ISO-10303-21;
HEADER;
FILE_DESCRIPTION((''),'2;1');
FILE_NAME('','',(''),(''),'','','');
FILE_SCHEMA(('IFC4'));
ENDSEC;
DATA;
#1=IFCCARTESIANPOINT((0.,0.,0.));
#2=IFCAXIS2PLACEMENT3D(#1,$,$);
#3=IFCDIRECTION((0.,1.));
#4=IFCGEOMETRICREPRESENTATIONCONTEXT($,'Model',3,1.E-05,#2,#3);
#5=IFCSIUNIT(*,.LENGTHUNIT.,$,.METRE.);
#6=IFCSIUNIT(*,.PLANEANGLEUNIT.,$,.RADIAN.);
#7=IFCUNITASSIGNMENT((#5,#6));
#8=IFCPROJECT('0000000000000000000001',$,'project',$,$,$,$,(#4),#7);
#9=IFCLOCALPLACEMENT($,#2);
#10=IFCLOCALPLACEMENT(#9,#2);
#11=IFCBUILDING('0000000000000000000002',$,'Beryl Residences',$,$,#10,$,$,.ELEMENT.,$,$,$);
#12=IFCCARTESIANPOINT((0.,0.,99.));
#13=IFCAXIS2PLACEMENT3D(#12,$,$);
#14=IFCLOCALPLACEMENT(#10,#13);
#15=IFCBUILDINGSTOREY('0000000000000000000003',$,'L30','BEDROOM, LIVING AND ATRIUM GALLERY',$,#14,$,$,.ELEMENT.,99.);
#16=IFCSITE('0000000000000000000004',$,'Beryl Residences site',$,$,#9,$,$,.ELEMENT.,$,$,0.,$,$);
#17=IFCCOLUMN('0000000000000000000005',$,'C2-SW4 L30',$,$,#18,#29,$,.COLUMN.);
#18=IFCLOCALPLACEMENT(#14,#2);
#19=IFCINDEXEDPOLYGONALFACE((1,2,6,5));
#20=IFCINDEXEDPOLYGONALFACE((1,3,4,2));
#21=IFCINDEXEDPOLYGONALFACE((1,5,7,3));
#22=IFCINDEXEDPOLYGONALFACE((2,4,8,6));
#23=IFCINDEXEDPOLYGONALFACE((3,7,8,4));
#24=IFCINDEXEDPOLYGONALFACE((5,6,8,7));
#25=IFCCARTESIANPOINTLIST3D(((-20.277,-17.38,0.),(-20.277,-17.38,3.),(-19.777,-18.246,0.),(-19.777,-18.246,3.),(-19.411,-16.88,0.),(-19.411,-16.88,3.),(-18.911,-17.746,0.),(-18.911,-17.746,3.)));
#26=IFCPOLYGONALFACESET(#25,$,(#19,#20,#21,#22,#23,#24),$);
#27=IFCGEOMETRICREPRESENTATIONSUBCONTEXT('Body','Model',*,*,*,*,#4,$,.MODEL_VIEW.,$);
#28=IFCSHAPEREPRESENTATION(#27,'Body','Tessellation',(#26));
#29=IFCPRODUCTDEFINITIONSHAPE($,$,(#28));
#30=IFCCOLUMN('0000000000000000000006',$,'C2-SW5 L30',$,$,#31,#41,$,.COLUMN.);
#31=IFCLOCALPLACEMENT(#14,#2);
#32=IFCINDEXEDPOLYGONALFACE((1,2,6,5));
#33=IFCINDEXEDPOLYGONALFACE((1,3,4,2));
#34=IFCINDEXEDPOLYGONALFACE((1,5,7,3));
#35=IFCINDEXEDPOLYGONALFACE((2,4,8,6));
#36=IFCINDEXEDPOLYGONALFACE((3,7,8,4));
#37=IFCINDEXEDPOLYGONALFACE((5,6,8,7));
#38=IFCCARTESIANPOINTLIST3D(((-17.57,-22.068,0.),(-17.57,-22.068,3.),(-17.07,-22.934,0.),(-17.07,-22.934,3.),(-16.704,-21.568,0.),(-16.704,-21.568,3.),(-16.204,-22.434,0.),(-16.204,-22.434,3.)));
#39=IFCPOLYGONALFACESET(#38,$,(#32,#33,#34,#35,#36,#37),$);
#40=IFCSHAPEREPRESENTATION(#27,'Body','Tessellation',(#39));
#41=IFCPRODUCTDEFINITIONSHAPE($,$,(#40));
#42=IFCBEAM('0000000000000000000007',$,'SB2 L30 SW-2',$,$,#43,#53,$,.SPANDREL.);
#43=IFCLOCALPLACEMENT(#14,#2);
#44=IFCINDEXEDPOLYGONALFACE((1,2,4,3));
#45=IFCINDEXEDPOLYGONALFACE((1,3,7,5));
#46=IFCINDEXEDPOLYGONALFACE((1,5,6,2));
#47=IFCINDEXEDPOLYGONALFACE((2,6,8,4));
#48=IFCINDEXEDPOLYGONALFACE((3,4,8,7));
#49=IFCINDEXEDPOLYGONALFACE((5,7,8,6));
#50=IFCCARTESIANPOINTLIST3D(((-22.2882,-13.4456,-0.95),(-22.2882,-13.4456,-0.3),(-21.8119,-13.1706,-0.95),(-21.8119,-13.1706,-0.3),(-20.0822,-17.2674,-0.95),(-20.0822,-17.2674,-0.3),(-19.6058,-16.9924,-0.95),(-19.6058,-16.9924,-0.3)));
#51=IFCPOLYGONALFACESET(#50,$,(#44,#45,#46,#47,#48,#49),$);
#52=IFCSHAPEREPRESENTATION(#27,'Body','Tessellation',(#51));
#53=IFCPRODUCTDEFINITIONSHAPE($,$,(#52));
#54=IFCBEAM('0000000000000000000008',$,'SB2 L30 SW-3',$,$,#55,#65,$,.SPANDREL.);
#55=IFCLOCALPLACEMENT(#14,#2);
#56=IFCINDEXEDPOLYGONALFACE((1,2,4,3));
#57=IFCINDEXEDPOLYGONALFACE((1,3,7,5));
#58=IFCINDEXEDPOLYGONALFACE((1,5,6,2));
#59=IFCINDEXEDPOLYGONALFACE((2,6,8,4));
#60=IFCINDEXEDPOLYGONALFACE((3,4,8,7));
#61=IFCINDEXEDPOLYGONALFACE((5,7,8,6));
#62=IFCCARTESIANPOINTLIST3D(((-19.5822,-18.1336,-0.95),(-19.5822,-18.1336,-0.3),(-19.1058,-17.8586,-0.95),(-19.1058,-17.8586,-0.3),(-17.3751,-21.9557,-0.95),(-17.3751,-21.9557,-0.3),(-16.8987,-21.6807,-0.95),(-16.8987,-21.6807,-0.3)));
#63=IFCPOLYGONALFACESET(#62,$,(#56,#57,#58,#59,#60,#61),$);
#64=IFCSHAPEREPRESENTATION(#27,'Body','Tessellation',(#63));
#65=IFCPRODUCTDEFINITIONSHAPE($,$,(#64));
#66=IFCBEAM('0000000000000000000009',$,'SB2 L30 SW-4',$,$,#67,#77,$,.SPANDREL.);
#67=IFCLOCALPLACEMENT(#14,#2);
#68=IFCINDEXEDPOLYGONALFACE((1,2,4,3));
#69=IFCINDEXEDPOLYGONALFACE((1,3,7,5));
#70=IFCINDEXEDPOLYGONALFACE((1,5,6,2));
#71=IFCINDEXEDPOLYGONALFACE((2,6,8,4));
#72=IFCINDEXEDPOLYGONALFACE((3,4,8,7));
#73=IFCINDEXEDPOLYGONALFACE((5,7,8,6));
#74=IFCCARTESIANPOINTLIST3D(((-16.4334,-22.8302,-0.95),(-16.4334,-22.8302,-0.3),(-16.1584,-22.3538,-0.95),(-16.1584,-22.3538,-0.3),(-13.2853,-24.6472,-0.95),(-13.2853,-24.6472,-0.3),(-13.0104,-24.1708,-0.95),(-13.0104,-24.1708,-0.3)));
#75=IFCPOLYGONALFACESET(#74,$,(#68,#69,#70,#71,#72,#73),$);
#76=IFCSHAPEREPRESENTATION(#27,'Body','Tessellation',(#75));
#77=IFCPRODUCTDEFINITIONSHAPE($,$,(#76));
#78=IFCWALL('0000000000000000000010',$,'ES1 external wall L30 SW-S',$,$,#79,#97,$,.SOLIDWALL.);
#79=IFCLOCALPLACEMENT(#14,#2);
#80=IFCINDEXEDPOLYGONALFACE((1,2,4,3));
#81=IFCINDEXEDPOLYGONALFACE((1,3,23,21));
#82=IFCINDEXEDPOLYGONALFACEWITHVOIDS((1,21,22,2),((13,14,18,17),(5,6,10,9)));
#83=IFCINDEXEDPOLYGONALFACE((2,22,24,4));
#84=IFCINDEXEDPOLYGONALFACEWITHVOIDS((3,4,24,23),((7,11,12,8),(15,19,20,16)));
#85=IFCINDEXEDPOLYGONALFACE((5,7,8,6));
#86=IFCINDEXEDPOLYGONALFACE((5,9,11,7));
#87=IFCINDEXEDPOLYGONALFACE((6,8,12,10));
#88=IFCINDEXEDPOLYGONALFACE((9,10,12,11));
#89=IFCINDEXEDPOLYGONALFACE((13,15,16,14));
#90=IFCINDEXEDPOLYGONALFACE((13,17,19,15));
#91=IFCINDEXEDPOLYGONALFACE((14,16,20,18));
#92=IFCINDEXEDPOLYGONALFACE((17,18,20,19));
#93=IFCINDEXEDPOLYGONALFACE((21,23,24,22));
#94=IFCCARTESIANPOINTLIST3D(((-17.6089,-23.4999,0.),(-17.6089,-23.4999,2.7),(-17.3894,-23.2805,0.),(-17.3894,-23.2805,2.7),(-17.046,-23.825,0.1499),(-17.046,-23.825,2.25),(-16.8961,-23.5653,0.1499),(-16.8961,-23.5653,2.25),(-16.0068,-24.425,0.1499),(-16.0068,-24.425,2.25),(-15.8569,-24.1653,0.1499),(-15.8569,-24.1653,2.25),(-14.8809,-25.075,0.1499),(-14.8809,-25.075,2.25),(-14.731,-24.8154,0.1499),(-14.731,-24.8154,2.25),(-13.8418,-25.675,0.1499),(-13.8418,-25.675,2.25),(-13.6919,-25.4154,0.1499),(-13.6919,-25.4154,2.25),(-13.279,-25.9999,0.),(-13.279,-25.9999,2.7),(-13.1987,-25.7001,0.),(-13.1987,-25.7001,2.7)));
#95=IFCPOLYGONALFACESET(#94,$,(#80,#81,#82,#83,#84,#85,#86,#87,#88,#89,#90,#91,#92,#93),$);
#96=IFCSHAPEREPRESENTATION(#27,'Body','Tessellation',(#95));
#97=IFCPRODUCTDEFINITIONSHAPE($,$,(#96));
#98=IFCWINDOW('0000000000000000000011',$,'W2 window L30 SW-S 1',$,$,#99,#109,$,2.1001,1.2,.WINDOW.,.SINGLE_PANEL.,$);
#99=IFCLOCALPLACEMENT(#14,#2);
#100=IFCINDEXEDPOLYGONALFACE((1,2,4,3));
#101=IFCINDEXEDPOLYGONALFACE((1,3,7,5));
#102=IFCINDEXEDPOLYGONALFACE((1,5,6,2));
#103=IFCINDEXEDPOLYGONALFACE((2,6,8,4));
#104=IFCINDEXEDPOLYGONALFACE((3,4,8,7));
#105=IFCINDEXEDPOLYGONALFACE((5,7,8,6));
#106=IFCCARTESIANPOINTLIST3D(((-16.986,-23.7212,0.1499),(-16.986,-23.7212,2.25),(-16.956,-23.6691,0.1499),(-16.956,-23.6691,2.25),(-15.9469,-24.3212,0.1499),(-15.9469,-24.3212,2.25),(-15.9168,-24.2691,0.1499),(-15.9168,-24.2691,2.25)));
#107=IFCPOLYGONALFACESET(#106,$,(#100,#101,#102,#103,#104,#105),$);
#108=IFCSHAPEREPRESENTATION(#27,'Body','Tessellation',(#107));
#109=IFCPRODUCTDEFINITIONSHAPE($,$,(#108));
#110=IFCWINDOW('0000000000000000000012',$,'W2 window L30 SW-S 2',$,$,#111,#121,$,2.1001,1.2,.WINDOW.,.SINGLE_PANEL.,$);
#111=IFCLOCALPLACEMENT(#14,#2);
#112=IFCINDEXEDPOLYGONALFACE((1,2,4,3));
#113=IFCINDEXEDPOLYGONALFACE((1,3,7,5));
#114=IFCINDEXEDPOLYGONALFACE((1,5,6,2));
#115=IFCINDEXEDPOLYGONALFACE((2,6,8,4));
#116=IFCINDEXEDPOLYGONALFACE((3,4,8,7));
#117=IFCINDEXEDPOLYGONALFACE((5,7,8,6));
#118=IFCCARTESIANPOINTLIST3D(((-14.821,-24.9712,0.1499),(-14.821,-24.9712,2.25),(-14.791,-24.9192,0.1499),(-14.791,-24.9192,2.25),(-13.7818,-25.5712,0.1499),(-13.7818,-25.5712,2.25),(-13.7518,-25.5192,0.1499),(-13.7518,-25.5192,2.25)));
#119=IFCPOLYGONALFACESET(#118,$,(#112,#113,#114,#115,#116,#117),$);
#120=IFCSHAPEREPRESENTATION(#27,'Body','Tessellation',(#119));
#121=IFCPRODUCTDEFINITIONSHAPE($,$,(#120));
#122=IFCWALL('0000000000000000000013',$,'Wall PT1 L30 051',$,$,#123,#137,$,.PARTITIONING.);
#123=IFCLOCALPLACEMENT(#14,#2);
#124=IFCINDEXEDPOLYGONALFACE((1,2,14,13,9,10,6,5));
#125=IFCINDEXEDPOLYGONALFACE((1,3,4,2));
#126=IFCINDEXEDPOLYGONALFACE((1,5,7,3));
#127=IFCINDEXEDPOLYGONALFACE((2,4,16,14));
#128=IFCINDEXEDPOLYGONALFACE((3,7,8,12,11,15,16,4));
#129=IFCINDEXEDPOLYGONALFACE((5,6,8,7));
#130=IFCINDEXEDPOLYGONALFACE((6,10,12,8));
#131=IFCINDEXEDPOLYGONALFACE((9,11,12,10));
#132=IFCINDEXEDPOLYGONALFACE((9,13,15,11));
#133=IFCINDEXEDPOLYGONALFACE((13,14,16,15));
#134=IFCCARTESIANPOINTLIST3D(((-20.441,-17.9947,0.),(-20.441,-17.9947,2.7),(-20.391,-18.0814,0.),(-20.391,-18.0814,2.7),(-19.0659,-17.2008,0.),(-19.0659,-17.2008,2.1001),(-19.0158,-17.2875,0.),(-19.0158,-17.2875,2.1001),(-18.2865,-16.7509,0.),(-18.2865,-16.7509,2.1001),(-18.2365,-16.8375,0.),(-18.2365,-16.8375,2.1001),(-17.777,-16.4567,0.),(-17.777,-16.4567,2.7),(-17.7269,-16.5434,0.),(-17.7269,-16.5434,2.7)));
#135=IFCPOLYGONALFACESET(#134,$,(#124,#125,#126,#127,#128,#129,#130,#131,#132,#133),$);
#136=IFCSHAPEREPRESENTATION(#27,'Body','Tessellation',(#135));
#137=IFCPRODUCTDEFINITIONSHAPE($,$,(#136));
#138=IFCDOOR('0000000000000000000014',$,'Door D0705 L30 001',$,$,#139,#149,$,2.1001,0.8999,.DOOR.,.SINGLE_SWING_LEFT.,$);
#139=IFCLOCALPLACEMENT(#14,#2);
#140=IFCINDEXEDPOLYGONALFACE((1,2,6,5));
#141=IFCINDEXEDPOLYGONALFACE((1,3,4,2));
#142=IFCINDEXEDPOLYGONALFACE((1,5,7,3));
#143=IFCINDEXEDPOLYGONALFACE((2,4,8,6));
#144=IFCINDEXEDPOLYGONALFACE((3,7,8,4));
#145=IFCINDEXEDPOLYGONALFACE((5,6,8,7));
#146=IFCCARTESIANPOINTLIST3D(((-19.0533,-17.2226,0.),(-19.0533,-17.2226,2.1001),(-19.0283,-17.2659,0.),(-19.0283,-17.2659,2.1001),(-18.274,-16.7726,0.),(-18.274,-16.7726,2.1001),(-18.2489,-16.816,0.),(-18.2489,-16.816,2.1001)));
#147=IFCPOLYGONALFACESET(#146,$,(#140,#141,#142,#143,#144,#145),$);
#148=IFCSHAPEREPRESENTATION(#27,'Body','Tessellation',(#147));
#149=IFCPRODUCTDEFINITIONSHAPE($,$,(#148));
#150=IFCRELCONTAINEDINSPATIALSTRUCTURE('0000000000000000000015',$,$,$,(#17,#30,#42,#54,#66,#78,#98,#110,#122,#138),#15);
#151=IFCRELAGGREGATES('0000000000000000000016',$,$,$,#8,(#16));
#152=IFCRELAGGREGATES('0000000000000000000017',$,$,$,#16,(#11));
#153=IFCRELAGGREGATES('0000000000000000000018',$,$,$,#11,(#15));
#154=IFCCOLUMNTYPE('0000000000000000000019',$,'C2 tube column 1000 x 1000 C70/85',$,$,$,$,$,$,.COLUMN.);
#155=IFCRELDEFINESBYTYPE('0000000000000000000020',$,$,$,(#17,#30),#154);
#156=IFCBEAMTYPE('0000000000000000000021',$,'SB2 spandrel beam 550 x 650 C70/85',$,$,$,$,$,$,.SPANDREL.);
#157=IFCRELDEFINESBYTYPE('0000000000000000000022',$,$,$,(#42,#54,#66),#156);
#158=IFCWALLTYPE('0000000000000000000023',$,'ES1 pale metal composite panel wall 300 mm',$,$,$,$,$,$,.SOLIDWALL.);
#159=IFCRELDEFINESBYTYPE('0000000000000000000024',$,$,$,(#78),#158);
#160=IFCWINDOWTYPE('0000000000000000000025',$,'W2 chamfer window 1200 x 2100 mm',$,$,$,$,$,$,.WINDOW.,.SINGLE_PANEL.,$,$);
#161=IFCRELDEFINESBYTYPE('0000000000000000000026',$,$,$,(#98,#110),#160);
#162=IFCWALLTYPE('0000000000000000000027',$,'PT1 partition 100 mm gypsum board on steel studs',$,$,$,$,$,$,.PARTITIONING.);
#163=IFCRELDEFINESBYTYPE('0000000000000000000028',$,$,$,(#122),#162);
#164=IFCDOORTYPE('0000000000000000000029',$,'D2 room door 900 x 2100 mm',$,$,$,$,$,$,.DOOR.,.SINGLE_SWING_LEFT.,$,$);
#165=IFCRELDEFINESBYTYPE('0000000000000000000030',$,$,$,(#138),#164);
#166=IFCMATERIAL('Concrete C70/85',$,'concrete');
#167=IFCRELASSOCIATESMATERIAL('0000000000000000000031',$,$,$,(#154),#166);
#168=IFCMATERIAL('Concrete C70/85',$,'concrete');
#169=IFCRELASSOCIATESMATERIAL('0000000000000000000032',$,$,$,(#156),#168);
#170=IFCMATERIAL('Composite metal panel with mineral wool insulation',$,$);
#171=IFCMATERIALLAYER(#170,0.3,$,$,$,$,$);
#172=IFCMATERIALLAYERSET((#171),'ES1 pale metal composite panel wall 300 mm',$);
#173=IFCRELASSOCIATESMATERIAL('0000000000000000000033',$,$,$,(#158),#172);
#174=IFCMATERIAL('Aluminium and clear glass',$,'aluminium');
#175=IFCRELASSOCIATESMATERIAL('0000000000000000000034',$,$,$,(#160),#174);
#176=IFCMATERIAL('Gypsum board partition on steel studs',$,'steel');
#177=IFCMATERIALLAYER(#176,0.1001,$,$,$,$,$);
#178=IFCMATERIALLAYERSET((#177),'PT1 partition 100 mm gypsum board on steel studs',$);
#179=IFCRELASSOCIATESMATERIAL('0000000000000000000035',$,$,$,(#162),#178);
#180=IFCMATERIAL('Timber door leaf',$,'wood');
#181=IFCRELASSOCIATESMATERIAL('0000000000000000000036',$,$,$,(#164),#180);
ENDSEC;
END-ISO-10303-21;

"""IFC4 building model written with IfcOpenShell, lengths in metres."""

from ifc_helpers import new_model, si_unit, direction, frame, frame_2d, origin, origin_2d, place, context, subcontext, project, spatial, polyline, rectangle, outline, extrude, material, layer, layer_set, material_profile, profile_set, type_object, element, fill, save


model = new_model("IFC4")

# Units and contexts
model_context = context("Model", 3, precision=1e-05, world=origin(), true_north=direction((0.0, 1.0)))
body_context = subcontext(model_context, "Body", "Model", "MODEL_VIEW")
ifc_project = project(units=[si_unit("LENGTHUNIT", "METRE"), si_unit("PLANEANGLEUNIT", "RADIAN")], contexts=[model_context])

# Site, building, storey
site_placement = place(None, origin())
site = spatial("IfcSite", under=ifc_project, at=site_placement, Name="Beryl Residences site", CompositionType="ELEMENT", RefElevation=0.0)
building_placement = place(site_placement, origin())
building = spatial("IfcBuilding", under=site, at=building_placement, Name="Beryl Residences", CompositionType="ELEMENT")
storey_placement = place(building_placement, frame((0.0, 0.0, 99.0)))
storey = spatial("IfcBuildingStorey", under=building, at=storey_placement, Name="L30", Description="BEDROOM, LIVING AND ATRIUM GALLERY", CompositionType="ELEMENT", Elevation=99.0)

# Columns
ifc_material_1 = material(Name="Concrete C70/85", Category="concrete")
ifc_material_profile_1 = material_profile(ifc_material_1, rectangle(XDim=1.0, YDim=1.0, at=origin_2d()))
ifc_profile_set_1 = profile_set([ifc_material_profile_1], Name="Concrete C70/85")
column_type = type_object("IfcColumnType", Name="C2 tube column 1000 x 1000 C70/85", PredefinedType="COLUMN", material=ifc_profile_set_1)
for number, where, z_axis, x_axis, name in (
    (1, (-19.594, -17.563, 0.0), (0.0, 0.0, 1.0), (0.5, -0.866025, 0.0), "C2-SW4 L30"),
    (2, (-16.887, -22.251, 0.0), (0.0, 0.0, 1.0), (0.5, -0.866025, 0.0), "C2-SW5 L30"),
):
    element("IfcColumn", number, at=place(storey_placement, frame(where, z_axis=z_axis, x_axis=x_axis)), inside=storey, type_object=column_type, Name=name, PredefinedType="COLUMN", context=body_context, shape_type="SweptSolid", body=[
        extrude(rectangle(XDim=1.0, YDim=1.0, at=origin_2d()), origin(), (0.0, 0.0, 1.0), 3.0),
    ])

# Beams
ifc_material_2 = material(Name="Concrete C70/85", Category="concrete")
ifc_material_profile_2 = material_profile(ifc_material_2, rectangle(XDim=0.55, YDim=0.6499, at=origin_2d()))
ifc_profile_set_2 = profile_set([ifc_material_profile_2], Name="Concrete C70/85")
beam_type = type_object("IfcBeamType", Name="SB2 spandrel beam 550 x 650 C70/85", PredefinedType="SPANDREL", material=ifc_profile_set_2)
beam_1_placement = place(storey_placement, frame((-22.05, -13.3081, -0.625), z_axis=(0.499924, -0.86607, 0.0), x_axis=(0.86607, 0.499924, 0.0)))
element("IfcBeam", 3, at=beam_1_placement, inside=storey, type_object=beam_type, Name="SB2 L30 SW-2", PredefinedType="SPANDREL", context=body_context, shape_type="SweptSolid", body=[
    extrude(rectangle(XDim=0.55, YDim=0.6499, at=origin_2d()), origin(), (0.0, 0.0, 1.0), 4.4128),
])
beam_2_placement = place(storey_placement, frame((-19.344, -17.9961, -0.625), z_axis=(0.500066, -0.865988, 0.0), x_axis=(0.865988, 0.500066, 0.0)))
element("IfcBeam", 4, at=beam_2_placement, inside=storey, type_object=beam_type, Name="SB2 L30 SW-3", PredefinedType="SPANDREL", context=body_context, shape_type="SweptSolid", body=[
    extrude(rectangle(XDim=0.55, YDim=0.6499, at=origin_2d()), origin(), (0.0, 0.0, 1.0), 4.4136),
])
beam_3_placement = place(storey_placement, frame((-16.2959, -22.592, -0.625), z_axis=(0.866094, -0.499881, 0.0), x_axis=(0.499881, 0.866094, 0.0)))
element("IfcBeam", 5, at=beam_3_placement, inside=storey, type_object=beam_type, Name="SB2 L30 SW-4", PredefinedType="SPANDREL", context=body_context, shape_type="SweptSolid", body=[
    extrude(rectangle(XDim=0.55, YDim=0.6499, at=origin_2d()), origin(), (0.0, 0.0, 1.0), 3.6348),
])

# Wall, openings, windows
ifc_material_3 = material(Name="Composite metal panel with mineral wool insulation")
ifc_layer_1 = layer(ifc_material_3, 0.3)
ifc_layer_set_1 = layer_set([ifc_layer_1], Name="ES1 pale metal composite panel wall 300 mm")
wall_type_1 = type_object("IfcWallType", Name="ES1 pale metal composite panel wall 300 mm", PredefinedType="SOLIDWALL", material=ifc_layer_set_1)
wall_1_placement = place(storey_placement, frame((-17.5339, -23.3701, 0.0), z_axis=(0.0, 0.0, 1.0), x_axis=(0.866011, -0.500025, 0.0)))
wall_1 = element("IfcWall", 6, at=wall_1_placement, inside=storey, type_object=wall_type_1, Name="ES1 external wall L30 SW-S", PredefinedType="SOLIDWALL", context=body_context, shape_type="SweptSolid", body=[
    extrude(outline(polyline([(0.0, -0.1499), (4.9998, -0.1499), (4.9194, 0.1499), (0.0803, 0.1499), (0.0, -0.1499)])), origin(), (0.0, 0.0, 1.0), 2.7),
])
opening_1_placement = place(wall_1_placement, frame((0.6499, 0.0, 0.1499)))
opening_1 = element("IfcOpeningElement", 7, at=opening_1_placement, cuts=wall_1, PredefinedType="OPENING", context=body_context, shape_type="SweptSolid", body=[
    extrude(rectangle(XDim=1.2, YDim=2.1001, at=frame_2d((0.6001, 1.05))), frame((0.0, 0.1599, 0.0), z_axis=(0.0, -1.0, 0.0), x_axis=(1.0, 0.0, 0.0)), (0.0, 0.0, 1.0), 0.3201),
])
opening_2_placement = place(wall_1_placement, frame((3.1499, 0.0, 0.1499)))
opening_2 = element("IfcOpeningElement", 8, at=opening_2_placement, cuts=wall_1, PredefinedType="OPENING", context=body_context, shape_type="SweptSolid", body=[
    extrude(rectangle(XDim=1.2, YDim=2.1001, at=frame_2d((0.6001, 1.05))), frame((0.0, 0.1599, 0.0), z_axis=(0.0, -1.0, 0.0), x_axis=(1.0, 0.0, 0.0)), (0.0, 0.0, 1.0), 0.3201),
])
ifc_material_4 = material(Name="Aluminium and clear glass", Category="aluminium")
window_type = type_object("IfcWindowType", Name="W2 chamfer window 1200 x 2100 mm", PartitioningType="SINGLE_PANEL", PredefinedType="WINDOW", material=ifc_material_4)
window_1_placement = place(opening_1_placement, origin())
window_1 = element("IfcWindow", 9, at=window_1_placement, inside=storey, type_object=window_type, Name="W2 window L30 SW-S 1", OverallHeight=2.1001, OverallWidth=1.2, PartitioningType="SINGLE_PANEL", PredefinedType="WINDOW", context=body_context, shape_type="SweptSolid", body=[
    extrude(rectangle(XDim=1.2, YDim=2.1001, at=frame_2d((0.6001, 1.05))), frame((0.0, 0.03, 0.0), z_axis=(0.0, -1.0, 0.0), x_axis=(1.0, 0.0, 0.0)), (0.0, 0.0, 1.0), 0.0601),
])
fill(opening_1, window_1)
window_2_placement = place(opening_2_placement, origin())
window_2 = element("IfcWindow", 10, at=window_2_placement, inside=storey, type_object=window_type, Name="W2 window L30 SW-S 2", OverallHeight=2.1001, OverallWidth=1.2, PartitioningType="SINGLE_PANEL", PredefinedType="WINDOW", context=body_context, shape_type="SweptSolid", body=[
    extrude(rectangle(XDim=1.2, YDim=2.1001, at=frame_2d((0.6001, 1.05))), frame((0.0, 0.03, 0.0), z_axis=(0.0, -1.0, 0.0), x_axis=(1.0, 0.0, 0.0)), (0.0, 0.0, 1.0), 0.0601),
])
fill(opening_2, window_2)

# Wall, opening, door
ifc_material_5 = material(Name="Gypsum board partition on steel studs", Category="steel")
ifc_layer_2 = layer(ifc_material_5, 0.1001)
ifc_layer_set_2 = layer_set([ifc_layer_2], Name="PT1 partition 100 mm gypsum board on steel studs")
wall_type_2 = type_object("IfcWallType", Name="PT1 partition 100 mm gypsum board on steel studs", PredefinedType="PARTITIONING", material=ifc_layer_set_2)
wall_2_placement = place(storey_placement, frame((-20.416, -18.0381, 0.0), z_axis=(0.0, 0.0, 1.0), x_axis=(0.866027, 0.499997, 0.0)))
wall_2 = element("IfcWall", 11, at=wall_2_placement, inside=storey, type_object=wall_type_2, Name="Wall PT1 L30 051", PredefinedType="PARTITIONING", context=body_context, shape_type="SweptSolid", body=[
    extrude(rectangle(XDim=3.0762, YDim=0.1001, at=frame_2d((1.5381, 0.0))), origin(), (0.0, 0.0, 1.0), 2.7),
])
opening_3_placement = place(wall_2_placement, frame((1.5879, 0.0, 0.0)))
opening_3 = element("IfcOpeningElement", 12, at=opening_3_placement, cuts=wall_2, PredefinedType="OPENING", context=body_context, shape_type="SweptSolid", body=[
    extrude(rectangle(XDim=0.8999, YDim=2.1001, at=frame_2d((0.45, 1.05))), frame((0.0, 0.0601, 0.0), z_axis=(0.0, -1.0, 0.0), x_axis=(1.0, 0.0, 0.0)), (0.0, 0.0, 1.0), 0.1201),
])
ifc_material_6 = material(Name="Timber door leaf", Category="wood")
door_type_1 = type_object("IfcDoorType", Name="D2 room door 900 x 2100 mm", OperationType="SINGLE_SWING_LEFT", PredefinedType="DOOR", material=ifc_material_6)
door_1_placement = place(opening_3_placement, origin())
door_1 = element("IfcDoor", 13, at=door_1_placement, inside=storey, type_object=door_type_1, Name="Door D0705 L30 001", OperationType="SINGLE_SWING_LEFT", OverallHeight=2.1001, OverallWidth=0.8999, PredefinedType="DOOR", context=body_context, shape_type="SweptSolid", body=[
    extrude(rectangle(XDim=0.8999, YDim=2.1001, at=frame_2d((0.45, 1.05))), frame((0.0, 0.0249, 0.0), z_axis=(0.0, -1.0, 0.0), x_axis=(1.0, 0.0, 0.0)), (0.0, 0.0, 1.0), 0.05),
])
fill(opening_3, door_1)

save(model, "model.ifc")
